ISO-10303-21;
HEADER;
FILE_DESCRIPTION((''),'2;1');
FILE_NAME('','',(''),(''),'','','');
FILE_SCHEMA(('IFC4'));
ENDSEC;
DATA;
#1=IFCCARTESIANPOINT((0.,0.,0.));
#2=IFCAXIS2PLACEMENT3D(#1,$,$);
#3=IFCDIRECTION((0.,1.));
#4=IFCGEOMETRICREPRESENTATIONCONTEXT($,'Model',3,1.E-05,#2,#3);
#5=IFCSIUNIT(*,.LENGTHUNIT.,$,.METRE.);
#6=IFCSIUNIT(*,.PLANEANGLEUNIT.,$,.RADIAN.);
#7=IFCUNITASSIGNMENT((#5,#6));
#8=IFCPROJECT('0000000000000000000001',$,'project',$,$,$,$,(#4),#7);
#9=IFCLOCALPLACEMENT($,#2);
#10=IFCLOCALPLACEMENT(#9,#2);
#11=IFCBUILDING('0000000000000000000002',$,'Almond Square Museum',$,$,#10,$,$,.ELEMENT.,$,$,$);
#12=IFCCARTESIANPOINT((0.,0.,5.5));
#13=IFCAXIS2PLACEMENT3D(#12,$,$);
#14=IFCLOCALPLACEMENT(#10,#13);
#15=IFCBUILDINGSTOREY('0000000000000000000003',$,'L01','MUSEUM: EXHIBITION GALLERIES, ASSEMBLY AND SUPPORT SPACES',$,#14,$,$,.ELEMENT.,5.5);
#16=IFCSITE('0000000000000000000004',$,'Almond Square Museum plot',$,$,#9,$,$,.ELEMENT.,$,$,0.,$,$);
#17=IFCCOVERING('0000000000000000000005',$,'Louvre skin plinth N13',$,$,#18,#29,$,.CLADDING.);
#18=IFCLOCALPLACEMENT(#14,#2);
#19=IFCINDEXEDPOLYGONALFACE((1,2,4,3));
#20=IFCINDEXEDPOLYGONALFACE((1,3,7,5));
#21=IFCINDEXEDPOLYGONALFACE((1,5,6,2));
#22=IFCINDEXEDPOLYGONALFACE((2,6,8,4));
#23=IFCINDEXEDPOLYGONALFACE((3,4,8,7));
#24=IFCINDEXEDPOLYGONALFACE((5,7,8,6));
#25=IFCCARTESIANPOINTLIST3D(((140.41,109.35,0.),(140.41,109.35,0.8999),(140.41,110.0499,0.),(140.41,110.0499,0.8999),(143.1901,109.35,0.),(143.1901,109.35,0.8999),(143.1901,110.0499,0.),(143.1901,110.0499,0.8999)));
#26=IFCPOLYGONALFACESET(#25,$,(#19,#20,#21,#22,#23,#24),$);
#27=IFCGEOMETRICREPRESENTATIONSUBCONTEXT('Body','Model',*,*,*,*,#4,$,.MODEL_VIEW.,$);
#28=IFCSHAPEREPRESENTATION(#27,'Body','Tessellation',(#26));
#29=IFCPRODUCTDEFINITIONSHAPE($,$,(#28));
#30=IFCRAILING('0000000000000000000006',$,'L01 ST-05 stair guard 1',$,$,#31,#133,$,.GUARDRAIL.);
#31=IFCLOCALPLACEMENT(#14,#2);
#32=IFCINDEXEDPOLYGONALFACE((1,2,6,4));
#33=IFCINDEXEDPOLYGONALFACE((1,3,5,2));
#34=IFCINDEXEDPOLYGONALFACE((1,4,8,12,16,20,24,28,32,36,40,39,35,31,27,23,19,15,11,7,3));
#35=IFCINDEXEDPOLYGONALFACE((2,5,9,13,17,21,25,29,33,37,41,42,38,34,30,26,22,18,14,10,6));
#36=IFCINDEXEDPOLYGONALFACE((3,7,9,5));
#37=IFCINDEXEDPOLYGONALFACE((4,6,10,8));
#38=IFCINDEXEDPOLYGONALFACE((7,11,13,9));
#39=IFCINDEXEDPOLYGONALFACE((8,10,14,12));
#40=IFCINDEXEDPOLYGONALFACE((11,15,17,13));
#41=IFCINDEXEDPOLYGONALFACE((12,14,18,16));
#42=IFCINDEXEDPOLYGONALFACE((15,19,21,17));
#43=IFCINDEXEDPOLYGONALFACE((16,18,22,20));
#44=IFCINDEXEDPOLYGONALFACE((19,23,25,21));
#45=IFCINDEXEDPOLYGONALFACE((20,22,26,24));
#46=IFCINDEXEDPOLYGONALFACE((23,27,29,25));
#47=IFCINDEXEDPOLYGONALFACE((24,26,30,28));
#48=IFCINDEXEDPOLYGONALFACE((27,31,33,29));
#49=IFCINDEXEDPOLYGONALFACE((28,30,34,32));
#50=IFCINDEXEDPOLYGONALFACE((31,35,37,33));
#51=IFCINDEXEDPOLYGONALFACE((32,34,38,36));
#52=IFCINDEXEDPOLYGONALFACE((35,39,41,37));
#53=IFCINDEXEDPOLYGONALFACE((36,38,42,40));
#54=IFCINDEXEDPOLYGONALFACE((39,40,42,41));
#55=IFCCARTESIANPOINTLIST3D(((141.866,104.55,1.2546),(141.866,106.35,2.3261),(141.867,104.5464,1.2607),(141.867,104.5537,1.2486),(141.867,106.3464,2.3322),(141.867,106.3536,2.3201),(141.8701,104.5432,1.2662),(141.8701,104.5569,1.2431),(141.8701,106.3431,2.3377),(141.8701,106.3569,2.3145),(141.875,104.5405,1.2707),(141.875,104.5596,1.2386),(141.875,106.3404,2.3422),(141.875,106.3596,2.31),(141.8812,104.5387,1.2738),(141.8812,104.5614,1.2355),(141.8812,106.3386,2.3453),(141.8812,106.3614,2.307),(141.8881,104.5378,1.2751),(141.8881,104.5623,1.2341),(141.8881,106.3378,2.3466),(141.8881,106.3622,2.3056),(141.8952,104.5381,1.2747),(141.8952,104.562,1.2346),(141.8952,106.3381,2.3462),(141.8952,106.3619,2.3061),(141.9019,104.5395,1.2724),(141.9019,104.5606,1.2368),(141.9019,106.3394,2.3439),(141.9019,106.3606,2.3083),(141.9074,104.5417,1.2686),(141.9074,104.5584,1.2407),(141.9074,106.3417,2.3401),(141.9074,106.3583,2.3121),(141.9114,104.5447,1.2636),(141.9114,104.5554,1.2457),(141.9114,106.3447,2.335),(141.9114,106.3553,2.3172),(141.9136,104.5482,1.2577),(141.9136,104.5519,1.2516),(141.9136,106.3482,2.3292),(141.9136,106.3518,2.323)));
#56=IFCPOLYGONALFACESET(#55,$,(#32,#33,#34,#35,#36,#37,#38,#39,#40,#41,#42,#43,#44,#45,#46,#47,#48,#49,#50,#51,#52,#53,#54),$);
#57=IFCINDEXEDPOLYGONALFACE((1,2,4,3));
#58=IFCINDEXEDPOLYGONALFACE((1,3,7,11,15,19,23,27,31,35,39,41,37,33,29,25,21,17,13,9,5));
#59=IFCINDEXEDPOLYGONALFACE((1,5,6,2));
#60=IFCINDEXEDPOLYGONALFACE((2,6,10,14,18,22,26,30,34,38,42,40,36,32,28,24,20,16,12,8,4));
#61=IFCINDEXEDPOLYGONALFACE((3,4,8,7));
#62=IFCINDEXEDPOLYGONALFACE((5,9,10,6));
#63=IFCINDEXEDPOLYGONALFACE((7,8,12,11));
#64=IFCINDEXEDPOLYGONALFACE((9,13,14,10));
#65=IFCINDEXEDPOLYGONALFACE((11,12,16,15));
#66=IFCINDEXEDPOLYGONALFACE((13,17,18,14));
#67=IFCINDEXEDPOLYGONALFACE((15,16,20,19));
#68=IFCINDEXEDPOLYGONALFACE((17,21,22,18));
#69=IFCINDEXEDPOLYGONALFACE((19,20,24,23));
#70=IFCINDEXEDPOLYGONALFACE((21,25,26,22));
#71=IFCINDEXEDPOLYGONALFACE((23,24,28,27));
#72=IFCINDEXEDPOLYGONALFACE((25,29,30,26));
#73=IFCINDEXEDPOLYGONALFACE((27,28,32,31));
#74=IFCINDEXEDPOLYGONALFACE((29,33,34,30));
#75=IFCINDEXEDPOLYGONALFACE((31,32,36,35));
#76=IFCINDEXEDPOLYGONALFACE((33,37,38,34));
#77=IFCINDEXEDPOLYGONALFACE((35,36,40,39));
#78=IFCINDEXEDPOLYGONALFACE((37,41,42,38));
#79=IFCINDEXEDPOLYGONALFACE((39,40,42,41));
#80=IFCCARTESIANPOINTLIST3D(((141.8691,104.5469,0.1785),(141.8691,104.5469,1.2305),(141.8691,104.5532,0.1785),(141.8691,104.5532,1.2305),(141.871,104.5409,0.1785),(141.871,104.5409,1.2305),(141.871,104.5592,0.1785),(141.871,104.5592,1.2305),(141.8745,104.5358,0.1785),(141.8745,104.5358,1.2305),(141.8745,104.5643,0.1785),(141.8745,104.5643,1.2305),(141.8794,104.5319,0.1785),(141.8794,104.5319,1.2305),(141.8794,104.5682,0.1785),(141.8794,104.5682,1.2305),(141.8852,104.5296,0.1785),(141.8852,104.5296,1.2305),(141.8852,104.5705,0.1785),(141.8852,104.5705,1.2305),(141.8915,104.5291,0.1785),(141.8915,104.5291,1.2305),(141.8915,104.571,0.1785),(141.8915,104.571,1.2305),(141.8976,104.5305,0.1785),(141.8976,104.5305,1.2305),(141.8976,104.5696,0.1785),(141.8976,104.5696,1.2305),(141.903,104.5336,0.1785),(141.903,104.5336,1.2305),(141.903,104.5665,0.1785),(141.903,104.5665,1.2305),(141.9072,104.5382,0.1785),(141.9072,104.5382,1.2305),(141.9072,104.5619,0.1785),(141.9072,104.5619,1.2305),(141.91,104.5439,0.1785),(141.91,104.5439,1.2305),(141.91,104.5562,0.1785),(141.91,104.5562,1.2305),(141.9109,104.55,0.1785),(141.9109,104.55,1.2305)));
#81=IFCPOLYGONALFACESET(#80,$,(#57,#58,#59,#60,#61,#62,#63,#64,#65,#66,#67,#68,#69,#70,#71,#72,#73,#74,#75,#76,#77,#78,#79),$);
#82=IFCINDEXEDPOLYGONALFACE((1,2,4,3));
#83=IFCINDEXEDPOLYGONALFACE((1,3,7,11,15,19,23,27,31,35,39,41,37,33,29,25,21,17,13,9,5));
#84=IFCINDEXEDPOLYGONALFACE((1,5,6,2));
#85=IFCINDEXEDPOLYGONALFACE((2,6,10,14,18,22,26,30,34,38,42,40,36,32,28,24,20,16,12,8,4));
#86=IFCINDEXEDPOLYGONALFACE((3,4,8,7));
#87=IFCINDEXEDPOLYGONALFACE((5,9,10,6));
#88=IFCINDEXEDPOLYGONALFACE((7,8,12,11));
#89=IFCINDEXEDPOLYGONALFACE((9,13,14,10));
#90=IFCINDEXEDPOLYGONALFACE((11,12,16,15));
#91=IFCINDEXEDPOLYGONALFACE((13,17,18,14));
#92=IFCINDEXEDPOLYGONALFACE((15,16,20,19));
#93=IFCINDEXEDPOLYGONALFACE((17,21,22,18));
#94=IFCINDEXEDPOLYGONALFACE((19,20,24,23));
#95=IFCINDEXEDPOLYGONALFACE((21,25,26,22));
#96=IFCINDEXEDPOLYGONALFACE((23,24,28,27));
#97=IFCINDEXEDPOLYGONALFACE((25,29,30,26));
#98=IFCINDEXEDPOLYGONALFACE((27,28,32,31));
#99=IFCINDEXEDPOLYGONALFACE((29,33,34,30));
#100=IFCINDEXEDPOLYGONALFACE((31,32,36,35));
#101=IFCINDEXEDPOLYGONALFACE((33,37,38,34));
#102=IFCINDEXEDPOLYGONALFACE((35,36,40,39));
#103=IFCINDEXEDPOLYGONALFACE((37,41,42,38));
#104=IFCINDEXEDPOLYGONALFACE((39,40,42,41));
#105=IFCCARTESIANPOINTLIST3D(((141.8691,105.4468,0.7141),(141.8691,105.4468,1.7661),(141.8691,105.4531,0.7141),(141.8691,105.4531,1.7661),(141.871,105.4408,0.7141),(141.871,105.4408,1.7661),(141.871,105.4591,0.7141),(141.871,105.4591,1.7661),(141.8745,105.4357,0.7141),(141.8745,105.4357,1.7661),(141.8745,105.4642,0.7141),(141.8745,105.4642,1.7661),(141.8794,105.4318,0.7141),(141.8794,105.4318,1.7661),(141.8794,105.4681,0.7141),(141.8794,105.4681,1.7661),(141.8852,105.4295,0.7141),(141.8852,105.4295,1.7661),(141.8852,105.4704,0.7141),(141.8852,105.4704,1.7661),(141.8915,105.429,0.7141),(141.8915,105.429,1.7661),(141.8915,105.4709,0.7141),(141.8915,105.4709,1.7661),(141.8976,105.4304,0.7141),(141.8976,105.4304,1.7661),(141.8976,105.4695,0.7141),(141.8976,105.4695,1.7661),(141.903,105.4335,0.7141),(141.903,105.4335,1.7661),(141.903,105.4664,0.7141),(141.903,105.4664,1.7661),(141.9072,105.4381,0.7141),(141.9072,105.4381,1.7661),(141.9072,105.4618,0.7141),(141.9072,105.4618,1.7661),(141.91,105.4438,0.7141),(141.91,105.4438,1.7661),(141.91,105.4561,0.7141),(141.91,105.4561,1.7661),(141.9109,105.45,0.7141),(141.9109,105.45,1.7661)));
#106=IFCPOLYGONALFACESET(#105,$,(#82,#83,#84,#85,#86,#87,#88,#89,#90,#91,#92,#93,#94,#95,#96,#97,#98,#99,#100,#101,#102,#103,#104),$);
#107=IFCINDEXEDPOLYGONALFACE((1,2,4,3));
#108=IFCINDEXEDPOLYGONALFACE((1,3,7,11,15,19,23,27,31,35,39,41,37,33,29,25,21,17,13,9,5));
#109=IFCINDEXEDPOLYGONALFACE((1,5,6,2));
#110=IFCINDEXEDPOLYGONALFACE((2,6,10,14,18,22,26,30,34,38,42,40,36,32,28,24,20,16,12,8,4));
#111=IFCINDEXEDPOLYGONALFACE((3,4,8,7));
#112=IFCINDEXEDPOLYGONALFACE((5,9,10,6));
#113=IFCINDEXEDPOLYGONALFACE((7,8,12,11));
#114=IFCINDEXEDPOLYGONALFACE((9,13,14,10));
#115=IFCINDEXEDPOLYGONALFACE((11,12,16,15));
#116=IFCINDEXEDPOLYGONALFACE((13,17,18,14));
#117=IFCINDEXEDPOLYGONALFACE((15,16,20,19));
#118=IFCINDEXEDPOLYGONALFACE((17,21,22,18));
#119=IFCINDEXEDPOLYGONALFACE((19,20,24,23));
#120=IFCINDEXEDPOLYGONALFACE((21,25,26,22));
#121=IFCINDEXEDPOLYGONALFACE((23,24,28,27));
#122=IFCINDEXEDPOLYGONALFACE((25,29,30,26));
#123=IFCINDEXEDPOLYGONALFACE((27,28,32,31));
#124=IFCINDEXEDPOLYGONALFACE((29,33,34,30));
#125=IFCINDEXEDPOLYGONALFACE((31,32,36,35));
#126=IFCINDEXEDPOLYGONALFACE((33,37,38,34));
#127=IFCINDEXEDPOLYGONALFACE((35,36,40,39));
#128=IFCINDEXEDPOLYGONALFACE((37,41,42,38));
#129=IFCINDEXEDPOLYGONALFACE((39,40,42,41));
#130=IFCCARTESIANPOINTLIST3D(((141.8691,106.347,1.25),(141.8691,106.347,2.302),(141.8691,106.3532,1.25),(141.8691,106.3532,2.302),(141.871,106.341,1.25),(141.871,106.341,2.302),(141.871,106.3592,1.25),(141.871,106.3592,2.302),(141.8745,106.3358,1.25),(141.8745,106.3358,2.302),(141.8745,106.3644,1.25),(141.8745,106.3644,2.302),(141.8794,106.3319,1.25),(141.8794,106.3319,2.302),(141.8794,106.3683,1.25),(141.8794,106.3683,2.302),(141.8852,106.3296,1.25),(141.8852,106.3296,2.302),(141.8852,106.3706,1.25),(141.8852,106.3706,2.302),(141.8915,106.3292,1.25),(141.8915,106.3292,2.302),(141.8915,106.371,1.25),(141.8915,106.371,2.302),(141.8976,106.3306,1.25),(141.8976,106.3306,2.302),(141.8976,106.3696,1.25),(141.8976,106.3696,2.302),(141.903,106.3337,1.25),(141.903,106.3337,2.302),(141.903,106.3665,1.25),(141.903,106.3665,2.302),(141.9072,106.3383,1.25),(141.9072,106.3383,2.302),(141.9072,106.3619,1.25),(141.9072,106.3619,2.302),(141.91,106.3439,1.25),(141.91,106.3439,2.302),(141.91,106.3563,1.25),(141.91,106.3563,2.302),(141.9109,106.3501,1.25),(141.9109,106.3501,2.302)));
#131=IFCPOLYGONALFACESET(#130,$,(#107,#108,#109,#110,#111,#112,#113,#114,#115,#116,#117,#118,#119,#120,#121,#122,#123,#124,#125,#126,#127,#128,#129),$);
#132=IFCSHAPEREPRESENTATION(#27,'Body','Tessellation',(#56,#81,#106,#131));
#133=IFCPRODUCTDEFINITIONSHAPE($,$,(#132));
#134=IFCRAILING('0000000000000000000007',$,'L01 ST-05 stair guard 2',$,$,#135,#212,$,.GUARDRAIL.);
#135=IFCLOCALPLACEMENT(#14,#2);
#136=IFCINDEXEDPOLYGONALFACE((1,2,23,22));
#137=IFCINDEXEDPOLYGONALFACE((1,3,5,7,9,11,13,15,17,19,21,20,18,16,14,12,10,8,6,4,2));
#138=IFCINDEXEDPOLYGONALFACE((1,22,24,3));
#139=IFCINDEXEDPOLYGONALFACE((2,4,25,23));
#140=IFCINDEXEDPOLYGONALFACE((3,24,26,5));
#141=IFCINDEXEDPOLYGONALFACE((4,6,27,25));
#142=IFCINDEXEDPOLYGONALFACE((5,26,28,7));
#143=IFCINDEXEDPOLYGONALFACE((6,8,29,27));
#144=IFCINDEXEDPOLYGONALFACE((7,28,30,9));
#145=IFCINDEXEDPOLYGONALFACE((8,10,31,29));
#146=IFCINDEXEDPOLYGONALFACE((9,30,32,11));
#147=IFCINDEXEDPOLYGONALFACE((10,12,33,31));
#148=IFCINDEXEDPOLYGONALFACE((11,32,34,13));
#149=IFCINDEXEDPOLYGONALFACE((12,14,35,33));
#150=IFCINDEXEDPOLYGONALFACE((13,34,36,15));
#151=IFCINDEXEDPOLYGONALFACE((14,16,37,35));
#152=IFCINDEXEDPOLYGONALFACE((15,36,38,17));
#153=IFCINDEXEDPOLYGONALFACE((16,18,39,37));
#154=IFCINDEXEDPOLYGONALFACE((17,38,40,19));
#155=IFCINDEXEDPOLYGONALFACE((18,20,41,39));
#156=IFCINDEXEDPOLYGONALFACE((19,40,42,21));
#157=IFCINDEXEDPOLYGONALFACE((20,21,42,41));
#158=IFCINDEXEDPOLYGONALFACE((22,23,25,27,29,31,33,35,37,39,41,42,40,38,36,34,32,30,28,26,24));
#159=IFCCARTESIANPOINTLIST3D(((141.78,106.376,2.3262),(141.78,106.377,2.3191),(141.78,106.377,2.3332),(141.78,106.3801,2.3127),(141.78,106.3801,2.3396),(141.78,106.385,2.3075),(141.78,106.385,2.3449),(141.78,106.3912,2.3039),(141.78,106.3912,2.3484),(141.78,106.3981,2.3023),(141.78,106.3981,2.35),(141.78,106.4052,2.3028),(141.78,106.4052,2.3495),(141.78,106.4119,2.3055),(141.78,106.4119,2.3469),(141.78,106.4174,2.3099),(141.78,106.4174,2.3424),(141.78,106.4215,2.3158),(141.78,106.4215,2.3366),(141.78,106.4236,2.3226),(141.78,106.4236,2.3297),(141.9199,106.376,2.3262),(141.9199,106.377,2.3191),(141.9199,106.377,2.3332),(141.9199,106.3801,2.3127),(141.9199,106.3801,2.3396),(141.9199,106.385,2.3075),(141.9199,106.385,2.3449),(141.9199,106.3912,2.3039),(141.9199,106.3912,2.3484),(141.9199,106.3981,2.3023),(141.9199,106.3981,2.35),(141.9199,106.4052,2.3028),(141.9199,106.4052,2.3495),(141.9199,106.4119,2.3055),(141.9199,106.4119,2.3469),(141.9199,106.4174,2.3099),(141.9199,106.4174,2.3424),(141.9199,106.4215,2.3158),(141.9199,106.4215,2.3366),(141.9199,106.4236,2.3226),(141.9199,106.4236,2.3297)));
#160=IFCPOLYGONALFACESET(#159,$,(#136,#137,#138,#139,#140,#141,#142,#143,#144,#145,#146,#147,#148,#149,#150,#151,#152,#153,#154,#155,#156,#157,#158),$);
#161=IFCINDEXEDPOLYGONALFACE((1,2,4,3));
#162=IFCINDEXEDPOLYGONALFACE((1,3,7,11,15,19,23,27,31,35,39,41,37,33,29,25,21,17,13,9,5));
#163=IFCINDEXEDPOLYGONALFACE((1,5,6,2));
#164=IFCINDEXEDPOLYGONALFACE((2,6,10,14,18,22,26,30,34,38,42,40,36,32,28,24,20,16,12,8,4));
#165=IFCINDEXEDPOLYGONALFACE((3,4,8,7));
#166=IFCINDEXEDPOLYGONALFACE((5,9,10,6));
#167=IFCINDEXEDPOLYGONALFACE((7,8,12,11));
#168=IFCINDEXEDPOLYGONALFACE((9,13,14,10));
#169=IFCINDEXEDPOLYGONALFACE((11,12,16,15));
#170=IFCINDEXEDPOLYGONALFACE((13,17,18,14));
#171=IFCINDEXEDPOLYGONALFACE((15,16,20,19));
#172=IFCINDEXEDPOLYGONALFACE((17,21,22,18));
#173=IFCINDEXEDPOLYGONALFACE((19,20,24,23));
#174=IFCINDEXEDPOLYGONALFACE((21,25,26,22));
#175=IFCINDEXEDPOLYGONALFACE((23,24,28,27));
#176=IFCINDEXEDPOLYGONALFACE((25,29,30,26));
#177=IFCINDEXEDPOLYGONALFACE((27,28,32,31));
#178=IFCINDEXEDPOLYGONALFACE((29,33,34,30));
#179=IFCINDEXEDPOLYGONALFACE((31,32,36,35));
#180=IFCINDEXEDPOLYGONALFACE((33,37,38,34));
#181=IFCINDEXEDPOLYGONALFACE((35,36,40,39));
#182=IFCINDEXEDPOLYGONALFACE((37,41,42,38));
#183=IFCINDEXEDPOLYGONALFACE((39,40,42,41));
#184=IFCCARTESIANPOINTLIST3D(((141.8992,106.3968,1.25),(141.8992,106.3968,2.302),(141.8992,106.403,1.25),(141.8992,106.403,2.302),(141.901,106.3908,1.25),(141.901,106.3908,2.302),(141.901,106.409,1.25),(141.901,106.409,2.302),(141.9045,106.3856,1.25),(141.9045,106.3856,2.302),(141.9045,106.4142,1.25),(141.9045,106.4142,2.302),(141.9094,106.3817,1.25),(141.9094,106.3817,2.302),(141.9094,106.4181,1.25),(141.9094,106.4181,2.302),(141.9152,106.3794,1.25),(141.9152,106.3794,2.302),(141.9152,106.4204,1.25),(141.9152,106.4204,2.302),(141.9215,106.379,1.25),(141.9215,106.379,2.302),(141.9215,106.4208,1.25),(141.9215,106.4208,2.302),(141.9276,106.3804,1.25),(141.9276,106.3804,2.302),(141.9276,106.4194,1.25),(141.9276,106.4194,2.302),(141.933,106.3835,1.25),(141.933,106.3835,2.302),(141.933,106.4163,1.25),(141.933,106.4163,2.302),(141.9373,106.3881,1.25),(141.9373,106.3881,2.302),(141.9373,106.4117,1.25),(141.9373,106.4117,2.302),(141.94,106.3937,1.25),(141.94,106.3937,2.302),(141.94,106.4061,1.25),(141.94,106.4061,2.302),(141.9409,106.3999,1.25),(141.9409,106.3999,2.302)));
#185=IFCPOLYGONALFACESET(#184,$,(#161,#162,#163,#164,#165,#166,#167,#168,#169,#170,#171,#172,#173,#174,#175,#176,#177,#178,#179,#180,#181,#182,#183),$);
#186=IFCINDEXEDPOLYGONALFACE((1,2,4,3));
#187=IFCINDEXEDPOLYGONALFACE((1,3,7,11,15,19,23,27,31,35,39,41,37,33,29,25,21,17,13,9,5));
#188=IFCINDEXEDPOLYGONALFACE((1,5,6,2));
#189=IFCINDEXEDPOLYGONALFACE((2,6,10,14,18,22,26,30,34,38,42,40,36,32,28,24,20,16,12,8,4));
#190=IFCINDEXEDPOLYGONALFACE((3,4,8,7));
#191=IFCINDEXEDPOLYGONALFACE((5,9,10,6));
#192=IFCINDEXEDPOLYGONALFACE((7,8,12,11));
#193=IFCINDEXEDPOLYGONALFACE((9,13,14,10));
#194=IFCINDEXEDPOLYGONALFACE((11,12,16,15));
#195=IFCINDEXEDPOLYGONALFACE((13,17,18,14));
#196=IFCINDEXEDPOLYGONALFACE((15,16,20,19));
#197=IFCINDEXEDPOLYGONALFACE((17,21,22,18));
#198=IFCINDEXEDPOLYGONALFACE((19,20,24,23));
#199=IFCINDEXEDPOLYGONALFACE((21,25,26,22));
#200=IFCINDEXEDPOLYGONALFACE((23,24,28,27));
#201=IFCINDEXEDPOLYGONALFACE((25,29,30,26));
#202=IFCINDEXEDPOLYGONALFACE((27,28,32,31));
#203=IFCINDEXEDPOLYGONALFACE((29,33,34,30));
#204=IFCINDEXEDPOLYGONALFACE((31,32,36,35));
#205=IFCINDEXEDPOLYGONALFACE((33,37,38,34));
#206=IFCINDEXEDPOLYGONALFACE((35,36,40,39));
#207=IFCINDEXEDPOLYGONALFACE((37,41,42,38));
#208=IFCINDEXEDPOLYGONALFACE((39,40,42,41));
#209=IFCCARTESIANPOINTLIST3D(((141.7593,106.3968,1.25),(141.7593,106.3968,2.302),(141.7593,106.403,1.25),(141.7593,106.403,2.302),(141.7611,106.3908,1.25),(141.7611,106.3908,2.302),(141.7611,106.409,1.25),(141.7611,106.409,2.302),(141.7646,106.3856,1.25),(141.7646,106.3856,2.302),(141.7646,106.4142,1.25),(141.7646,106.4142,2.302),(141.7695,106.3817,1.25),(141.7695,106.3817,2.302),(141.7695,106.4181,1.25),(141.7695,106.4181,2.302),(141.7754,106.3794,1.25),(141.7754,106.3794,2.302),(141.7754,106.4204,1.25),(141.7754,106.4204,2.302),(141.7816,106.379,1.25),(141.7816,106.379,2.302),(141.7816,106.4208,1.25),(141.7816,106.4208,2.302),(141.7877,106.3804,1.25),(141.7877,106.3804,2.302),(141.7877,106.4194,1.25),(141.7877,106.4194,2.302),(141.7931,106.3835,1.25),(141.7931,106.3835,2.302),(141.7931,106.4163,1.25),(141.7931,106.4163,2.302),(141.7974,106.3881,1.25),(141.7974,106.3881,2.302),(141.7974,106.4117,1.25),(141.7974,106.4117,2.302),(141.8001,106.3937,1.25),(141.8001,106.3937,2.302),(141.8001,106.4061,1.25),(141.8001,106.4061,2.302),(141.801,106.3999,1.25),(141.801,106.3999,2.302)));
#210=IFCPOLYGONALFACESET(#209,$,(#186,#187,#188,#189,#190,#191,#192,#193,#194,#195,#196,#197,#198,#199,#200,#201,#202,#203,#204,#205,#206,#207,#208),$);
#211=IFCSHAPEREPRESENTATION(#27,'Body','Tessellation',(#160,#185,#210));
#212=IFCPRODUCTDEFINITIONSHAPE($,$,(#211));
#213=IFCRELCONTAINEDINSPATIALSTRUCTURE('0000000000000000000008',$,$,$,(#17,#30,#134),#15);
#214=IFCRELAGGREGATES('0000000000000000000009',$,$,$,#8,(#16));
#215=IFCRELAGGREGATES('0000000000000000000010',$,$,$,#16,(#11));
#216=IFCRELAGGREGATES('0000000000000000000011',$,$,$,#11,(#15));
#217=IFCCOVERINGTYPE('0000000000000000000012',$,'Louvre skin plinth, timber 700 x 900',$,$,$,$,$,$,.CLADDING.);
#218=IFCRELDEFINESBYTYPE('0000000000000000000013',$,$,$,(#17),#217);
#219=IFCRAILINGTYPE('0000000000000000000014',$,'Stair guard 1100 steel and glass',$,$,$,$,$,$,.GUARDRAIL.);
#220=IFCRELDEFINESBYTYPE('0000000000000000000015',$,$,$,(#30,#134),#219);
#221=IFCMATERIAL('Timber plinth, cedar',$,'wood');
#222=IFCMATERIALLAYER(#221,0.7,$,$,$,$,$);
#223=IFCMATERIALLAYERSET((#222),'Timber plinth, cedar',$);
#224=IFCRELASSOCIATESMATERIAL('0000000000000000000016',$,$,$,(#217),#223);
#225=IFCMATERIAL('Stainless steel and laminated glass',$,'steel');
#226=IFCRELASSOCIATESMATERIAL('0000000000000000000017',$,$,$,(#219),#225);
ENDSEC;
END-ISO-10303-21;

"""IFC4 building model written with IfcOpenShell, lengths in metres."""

from ifc_helpers import new_model, si_unit, direction, frame, origin, origin_2d, place, context, subcontext, project, spatial, rectangle, circle, extrude, material, layer, layer_set, type_object, element, save


model = new_model("IFC4")

# Units and contexts
model_context = context("Model", 3, precision=1e-05, world=origin(), true_north=direction((0.0, 1.0)))
body_context = subcontext(model_context, "Body", "Model", "MODEL_VIEW")
ifc_project = project(units=[si_unit("LENGTHUNIT", "METRE"), si_unit("PLANEANGLEUNIT", "RADIAN")], contexts=[model_context])

# Site, building, storey
site_placement = place(None, origin())
site = spatial("IfcSite", under=ifc_project, at=site_placement, Name="Almond Square Museum plot", CompositionType="ELEMENT", RefElevation=0.0)
building_placement = place(site_placement, origin())
building = spatial("IfcBuilding", under=site, at=building_placement, Name="Almond Square Museum", CompositionType="ELEMENT")
storey_placement = place(building_placement, frame((0.0, 0.0, 5.5)))
storey = spatial("IfcBuildingStorey", under=building, at=storey_placement, Name="L01", Description="MUSEUM: EXHIBITION GALLERIES, ASSEMBLY AND SUPPORT SPACES", CompositionType="ELEMENT", Elevation=5.5)

# Covering
ifc_material_1 = material(Name="Timber plinth, cedar", Category="wood")
ifc_layer_1 = layer(ifc_material_1, 0.7)
ifc_layer_set_1 = layer_set([ifc_layer_1], Name="Timber plinth, cedar")
covering_type_1 = type_object("IfcCoveringType", Name="Louvre skin plinth, timber 700 x 900", PredefinedType="CLADDING", material=ifc_layer_set_1)
covering_1_placement = place(storey_placement, frame((141.8, 109.7, 0.0), z_axis=(0.0, 0.0, 1.0), x_axis=(1.0, 0.0, 0.0)))
element("IfcCovering", 1, at=covering_1_placement, inside=storey, type_object=covering_type_1, Name="Louvre skin plinth N13", PredefinedType="CLADDING", context=body_context, shape_type="SweptSolid", body=[
    extrude(rectangle(XDim=2.78, YDim=0.7, at=origin_2d()), origin(), (0.0, 0.0, 1.0), 0.8999),
])

# Railings
ifc_material_2 = material(Name="Stainless steel and laminated glass", Category="steel")
railing_type_1 = type_object("IfcRailingType", Name="Stair guard 1100 steel and glass", PredefinedType="GUARDRAIL", material=ifc_material_2)
railing_1_placement = place(storey_placement, frame((141.8899, 104.55, 0.1785)))
element("IfcRailing", 2, at=railing_1_placement, inside=storey, type_object=railing_type_1, Name="L01 ST-05 stair guard 1", PredefinedType="GUARDRAIL", context=body_context, shape_type="SweptSolid", body=[
    extrude(circle(Radius=0.0239, at=origin_2d()), frame((0.0, 0.0, 1.0762), z_axis=(0.0, 0.859277, 0.51151), x_axis=(-1.0, 0.0, 0.0)), (0.0, 0.0, 1.0), 2.0947),
    extrude(circle(Radius=0.021, at=origin_2d()), origin(), (0.0, 0.0, 1.0), 1.052),
    extrude(circle(Radius=0.021, at=origin_2d()), frame((0.0, 0.8999, 0.5356)), (0.0, 0.0, 1.0), 1.052),
    extrude(circle(Radius=0.021, at=origin_2d()), frame((0.0, 1.8, 1.0715)), (0.0, 0.0, 1.0), 1.052),
])
railing_2_placement = place(storey_placement, frame((141.9199, 106.3999, 1.25)))
element("IfcRailing", 3, at=railing_2_placement, inside=storey, type_object=railing_type_1, Name="L01 ST-05 stair guard 2", PredefinedType="GUARDRAIL", context=body_context, shape_type="SweptSolid", body=[
    extrude(circle(Radius=0.0239, at=origin_2d()), frame((0.0, 0.0, 1.0762), z_axis=(-1.0, 0.0, 0.0), x_axis=(0.0, -1.0, 0.0)), (0.0, 0.0, 1.0), 0.1399),
    extrude(circle(Radius=0.021, at=origin_2d()), origin(), (0.0, 0.0, 1.0), 1.052),
    extrude(circle(Radius=0.021, at=origin_2d()), frame((-0.1399, 0.0, 0.0)), (0.0, 0.0, 1.0), 1.052),
])

save(model, "model.ifc")
